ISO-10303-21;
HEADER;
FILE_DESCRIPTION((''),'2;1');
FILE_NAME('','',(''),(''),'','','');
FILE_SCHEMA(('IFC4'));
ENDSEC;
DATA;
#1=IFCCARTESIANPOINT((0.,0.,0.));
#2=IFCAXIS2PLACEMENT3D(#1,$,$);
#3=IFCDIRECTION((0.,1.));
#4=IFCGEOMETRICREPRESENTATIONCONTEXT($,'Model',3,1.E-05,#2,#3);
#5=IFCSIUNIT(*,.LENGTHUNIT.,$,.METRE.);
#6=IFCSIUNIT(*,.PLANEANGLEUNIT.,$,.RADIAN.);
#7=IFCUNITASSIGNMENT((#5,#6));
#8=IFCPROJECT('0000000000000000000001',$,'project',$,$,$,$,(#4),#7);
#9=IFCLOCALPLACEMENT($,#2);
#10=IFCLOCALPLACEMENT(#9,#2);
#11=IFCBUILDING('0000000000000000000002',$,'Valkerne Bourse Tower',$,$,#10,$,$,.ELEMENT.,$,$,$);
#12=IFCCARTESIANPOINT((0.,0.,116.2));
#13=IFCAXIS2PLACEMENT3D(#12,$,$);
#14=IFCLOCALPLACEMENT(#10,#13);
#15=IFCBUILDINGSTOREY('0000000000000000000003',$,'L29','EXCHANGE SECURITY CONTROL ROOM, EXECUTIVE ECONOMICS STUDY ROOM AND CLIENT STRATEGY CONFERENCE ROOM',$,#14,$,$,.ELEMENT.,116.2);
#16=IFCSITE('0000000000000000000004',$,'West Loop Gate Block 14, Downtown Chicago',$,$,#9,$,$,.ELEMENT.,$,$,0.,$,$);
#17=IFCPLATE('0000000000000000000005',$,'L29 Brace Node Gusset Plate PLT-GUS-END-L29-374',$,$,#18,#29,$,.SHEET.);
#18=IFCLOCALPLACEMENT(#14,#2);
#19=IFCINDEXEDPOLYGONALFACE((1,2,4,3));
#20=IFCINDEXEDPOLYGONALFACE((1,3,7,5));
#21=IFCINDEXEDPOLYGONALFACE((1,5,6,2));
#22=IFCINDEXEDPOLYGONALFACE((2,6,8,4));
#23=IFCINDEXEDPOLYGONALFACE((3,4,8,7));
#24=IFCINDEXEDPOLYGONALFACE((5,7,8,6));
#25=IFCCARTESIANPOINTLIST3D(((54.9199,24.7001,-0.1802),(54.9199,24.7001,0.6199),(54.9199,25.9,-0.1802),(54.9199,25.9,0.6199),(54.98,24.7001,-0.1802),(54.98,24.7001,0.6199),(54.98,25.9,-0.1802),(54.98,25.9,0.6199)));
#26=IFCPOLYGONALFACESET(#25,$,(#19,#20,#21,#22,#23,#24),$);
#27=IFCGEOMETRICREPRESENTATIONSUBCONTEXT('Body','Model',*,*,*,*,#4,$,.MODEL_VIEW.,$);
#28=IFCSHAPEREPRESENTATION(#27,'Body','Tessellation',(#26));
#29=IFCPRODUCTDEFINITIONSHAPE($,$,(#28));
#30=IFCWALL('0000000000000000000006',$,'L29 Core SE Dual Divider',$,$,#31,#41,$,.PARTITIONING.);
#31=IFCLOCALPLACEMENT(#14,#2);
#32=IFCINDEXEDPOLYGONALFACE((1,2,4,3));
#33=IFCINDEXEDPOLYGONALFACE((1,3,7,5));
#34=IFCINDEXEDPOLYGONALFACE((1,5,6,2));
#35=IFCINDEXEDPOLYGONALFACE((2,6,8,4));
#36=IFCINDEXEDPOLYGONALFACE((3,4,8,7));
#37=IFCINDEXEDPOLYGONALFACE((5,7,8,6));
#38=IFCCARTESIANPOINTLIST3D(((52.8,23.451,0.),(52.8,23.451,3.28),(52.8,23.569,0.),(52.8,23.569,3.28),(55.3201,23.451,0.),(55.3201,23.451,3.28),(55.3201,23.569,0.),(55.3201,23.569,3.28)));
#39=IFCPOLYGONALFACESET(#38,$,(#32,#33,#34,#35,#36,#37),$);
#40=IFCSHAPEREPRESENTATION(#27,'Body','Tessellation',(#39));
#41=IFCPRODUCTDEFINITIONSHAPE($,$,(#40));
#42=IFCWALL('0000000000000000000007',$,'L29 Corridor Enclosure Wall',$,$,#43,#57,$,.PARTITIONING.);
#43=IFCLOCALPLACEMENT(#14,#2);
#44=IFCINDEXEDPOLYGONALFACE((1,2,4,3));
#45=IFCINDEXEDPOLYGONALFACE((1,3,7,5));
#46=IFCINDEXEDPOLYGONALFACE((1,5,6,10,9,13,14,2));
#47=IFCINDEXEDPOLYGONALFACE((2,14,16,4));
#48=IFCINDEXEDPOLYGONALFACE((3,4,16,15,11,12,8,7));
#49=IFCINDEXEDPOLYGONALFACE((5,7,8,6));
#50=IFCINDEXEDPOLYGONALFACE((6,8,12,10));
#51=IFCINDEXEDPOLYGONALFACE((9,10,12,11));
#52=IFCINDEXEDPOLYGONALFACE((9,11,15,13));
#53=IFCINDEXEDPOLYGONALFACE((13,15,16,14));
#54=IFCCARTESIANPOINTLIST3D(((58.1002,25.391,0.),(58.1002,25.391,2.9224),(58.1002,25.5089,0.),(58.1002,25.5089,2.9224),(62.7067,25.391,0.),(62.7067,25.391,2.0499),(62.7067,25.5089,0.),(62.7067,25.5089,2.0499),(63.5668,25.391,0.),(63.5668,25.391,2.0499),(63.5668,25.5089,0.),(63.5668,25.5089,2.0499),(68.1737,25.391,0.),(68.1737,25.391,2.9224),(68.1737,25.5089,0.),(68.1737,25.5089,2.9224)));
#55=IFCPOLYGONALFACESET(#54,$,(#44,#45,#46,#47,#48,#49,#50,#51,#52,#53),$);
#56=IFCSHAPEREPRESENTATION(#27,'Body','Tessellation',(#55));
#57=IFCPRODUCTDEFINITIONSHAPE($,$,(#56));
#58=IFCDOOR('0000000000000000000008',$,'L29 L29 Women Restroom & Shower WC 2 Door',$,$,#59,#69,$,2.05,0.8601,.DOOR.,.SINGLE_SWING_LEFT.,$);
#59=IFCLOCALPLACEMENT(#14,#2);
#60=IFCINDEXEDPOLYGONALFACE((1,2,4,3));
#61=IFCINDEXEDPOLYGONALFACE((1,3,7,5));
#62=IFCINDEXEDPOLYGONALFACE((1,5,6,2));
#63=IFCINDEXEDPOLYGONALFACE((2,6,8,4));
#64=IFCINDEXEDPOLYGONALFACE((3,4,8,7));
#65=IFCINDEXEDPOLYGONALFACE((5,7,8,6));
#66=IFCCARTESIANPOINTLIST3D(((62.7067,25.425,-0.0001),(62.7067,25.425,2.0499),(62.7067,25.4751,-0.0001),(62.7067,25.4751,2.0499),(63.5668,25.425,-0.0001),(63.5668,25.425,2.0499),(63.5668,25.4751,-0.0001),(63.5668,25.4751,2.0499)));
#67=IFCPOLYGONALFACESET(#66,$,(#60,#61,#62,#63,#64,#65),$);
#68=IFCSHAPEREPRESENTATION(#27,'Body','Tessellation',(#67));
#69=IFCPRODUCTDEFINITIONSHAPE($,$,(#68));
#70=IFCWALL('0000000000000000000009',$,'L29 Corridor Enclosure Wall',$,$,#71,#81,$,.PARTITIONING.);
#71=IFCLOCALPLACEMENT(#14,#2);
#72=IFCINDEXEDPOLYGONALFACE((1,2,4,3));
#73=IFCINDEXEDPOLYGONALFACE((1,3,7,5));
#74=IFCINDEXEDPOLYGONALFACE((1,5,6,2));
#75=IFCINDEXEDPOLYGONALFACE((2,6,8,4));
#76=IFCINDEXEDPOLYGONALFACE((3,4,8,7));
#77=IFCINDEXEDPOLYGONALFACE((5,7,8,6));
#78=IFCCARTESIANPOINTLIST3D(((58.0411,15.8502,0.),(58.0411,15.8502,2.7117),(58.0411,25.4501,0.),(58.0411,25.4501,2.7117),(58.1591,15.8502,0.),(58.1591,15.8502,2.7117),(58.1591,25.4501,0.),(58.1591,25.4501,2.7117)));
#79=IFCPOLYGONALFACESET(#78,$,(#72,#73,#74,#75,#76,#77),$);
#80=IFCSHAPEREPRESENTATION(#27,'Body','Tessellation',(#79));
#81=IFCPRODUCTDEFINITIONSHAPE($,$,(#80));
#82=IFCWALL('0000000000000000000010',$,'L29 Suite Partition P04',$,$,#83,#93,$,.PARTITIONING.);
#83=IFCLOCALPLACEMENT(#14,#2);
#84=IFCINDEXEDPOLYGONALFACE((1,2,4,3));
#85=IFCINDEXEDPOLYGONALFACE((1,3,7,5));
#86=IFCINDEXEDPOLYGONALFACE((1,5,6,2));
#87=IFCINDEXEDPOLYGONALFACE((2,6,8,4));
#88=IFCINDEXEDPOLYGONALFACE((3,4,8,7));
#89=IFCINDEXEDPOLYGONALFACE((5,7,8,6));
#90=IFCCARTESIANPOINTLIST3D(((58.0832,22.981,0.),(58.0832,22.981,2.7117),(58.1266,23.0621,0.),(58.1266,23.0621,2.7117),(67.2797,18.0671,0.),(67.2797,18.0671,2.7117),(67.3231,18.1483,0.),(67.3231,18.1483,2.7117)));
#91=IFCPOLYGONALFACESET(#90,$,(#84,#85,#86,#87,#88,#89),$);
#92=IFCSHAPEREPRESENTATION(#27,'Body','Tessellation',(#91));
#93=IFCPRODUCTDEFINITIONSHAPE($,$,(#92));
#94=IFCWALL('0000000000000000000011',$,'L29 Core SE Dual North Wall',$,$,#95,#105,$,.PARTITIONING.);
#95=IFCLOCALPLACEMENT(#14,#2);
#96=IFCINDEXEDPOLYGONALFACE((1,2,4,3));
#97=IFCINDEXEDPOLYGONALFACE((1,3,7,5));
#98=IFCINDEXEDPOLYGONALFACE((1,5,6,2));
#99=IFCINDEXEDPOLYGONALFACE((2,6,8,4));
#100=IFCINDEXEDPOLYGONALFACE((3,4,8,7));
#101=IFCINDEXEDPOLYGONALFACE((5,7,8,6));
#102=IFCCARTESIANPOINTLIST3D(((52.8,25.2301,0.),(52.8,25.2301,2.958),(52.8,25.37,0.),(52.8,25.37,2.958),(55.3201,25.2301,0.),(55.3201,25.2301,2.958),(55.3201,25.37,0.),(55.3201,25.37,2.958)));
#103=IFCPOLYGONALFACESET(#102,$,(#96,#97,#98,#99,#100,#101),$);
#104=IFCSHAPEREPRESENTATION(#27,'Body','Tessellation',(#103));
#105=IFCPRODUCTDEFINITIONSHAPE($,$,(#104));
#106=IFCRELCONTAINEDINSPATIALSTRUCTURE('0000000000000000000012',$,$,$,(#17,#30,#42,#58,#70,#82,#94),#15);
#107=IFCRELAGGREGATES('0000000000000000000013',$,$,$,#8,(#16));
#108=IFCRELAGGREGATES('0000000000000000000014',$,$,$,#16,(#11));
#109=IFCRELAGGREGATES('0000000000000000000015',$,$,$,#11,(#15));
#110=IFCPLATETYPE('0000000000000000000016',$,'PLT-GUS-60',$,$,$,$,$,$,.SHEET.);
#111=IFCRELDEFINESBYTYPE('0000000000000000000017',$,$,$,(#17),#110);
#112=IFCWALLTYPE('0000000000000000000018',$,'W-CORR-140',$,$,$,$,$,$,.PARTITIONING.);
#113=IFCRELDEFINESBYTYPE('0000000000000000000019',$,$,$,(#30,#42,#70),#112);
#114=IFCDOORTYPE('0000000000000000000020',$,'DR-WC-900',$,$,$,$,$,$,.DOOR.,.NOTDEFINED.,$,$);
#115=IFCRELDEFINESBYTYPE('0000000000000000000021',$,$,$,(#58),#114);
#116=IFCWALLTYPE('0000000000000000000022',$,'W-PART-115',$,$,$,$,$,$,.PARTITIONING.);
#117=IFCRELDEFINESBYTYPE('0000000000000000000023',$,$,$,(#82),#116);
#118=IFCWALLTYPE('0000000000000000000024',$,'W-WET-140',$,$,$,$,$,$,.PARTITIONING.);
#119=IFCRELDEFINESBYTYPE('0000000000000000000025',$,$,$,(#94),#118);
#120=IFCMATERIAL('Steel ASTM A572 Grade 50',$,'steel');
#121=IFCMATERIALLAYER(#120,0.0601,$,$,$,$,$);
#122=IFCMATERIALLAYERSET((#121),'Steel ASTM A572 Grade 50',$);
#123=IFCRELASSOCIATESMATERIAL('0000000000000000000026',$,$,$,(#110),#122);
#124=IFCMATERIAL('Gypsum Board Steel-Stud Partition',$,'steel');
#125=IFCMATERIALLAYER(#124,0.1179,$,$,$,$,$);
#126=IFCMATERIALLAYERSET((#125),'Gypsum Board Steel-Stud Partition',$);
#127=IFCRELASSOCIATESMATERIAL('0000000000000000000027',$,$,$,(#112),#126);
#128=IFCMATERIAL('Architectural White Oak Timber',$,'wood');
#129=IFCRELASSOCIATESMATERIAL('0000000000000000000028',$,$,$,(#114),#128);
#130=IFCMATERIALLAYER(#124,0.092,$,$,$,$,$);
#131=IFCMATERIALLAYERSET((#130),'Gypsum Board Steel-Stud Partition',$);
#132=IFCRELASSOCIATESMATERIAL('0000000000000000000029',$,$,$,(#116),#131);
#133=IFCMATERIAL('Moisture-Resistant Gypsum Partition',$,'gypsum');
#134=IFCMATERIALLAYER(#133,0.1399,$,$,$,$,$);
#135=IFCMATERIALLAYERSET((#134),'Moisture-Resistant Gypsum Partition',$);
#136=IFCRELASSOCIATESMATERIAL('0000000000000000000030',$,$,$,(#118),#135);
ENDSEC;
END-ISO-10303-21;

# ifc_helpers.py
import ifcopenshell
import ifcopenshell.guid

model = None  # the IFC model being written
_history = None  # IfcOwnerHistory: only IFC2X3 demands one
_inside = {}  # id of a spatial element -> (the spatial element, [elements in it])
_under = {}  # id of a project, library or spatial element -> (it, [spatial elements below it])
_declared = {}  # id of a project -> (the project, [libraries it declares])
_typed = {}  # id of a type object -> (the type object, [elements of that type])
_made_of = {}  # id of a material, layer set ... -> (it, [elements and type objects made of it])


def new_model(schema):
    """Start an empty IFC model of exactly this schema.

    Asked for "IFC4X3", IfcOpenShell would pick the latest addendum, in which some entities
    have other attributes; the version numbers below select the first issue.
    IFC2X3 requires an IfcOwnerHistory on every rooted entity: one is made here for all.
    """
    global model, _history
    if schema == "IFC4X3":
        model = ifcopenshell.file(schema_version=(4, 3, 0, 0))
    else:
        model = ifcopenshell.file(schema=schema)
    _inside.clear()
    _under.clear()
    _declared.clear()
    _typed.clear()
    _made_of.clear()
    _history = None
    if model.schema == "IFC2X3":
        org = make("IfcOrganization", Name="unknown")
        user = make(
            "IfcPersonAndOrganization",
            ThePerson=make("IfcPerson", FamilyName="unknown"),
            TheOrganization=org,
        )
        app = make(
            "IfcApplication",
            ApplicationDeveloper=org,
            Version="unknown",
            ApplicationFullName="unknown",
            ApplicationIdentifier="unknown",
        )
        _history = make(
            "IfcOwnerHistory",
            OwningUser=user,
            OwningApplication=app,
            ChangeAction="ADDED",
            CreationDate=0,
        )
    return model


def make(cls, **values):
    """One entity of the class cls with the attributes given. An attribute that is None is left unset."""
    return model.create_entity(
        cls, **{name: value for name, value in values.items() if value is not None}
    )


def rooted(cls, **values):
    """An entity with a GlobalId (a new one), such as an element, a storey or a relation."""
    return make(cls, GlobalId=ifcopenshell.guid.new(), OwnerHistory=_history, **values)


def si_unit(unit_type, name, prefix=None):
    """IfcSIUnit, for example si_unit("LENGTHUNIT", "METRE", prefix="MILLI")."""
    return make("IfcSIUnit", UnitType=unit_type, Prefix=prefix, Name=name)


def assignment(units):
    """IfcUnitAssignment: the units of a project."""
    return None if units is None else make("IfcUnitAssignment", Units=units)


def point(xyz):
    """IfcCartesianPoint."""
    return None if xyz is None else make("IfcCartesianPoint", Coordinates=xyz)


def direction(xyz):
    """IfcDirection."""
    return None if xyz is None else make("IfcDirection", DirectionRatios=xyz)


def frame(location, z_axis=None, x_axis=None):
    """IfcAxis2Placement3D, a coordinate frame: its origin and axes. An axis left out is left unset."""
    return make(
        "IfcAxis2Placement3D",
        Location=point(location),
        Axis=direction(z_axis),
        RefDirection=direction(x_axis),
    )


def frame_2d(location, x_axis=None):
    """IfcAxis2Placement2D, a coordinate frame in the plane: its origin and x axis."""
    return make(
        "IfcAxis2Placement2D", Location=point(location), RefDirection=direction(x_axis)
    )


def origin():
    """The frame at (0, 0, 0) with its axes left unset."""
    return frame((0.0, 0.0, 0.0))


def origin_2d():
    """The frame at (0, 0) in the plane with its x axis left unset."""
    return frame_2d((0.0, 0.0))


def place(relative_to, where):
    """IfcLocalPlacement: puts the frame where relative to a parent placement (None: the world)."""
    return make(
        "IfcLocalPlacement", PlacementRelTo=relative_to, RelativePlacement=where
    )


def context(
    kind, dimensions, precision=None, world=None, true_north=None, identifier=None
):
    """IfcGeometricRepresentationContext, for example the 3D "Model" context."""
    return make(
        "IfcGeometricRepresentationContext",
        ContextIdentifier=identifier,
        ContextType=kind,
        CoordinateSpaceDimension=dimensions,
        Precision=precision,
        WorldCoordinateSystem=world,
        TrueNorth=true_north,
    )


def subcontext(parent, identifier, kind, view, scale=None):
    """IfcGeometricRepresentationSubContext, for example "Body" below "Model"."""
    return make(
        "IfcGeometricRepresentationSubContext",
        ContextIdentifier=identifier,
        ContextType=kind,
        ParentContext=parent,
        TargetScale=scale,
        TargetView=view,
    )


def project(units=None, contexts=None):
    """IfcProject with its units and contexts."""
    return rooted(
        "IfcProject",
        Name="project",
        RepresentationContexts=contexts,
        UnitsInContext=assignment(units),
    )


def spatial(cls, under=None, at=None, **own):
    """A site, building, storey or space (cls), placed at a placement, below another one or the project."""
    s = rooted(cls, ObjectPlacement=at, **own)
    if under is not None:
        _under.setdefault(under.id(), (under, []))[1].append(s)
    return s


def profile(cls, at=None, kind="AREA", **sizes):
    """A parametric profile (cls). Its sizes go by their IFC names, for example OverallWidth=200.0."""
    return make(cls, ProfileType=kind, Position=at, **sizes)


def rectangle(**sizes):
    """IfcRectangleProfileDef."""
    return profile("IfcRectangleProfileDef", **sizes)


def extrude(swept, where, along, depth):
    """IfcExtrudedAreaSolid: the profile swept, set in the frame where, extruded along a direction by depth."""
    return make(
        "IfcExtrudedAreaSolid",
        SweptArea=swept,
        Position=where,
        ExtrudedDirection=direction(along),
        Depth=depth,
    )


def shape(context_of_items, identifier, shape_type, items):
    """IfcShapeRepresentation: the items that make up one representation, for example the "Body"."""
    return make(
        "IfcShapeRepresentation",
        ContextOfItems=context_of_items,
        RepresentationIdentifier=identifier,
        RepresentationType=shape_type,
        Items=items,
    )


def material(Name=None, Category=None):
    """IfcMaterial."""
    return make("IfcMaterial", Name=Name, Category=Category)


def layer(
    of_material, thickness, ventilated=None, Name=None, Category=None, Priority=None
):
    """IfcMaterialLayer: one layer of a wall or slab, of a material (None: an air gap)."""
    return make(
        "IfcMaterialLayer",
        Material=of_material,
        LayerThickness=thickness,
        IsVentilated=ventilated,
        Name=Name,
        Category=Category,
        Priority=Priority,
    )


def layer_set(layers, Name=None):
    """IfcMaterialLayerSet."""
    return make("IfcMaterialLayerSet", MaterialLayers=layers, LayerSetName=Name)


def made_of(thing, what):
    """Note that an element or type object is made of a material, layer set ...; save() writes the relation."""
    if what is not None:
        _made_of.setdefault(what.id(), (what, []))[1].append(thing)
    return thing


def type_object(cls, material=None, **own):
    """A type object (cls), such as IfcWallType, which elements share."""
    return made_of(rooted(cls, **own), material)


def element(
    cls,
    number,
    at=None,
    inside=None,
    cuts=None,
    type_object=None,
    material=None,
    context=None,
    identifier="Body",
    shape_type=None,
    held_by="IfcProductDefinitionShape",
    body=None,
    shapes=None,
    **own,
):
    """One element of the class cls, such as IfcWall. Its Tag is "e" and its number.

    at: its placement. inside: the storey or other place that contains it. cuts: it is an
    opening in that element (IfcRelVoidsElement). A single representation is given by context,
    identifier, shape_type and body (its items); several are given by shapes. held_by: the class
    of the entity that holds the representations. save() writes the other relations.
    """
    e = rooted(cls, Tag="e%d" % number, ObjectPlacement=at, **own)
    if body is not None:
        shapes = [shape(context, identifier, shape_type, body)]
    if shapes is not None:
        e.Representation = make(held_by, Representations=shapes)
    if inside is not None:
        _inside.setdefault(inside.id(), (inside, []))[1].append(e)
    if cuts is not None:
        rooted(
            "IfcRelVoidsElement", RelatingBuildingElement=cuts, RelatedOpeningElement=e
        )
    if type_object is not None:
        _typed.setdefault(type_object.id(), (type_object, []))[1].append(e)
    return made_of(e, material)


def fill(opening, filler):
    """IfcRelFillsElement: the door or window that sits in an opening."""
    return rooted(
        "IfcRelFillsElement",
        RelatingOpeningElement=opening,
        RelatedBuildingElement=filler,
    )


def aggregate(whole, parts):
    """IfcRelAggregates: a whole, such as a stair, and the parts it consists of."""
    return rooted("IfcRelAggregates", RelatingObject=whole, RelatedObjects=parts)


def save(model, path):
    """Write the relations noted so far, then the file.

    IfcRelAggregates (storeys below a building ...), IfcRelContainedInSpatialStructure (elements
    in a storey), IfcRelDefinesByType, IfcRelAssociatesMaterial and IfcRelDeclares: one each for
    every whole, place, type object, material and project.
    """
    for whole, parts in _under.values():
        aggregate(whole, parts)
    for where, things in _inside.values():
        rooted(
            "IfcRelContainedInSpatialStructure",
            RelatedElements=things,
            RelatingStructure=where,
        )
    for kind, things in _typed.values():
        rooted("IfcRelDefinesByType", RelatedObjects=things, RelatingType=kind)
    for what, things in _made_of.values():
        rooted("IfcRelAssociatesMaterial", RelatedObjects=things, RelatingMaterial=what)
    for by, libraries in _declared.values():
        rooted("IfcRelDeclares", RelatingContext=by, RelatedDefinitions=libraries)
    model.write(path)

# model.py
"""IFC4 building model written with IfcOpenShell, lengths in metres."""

from ifc_helpers import new_model, si_unit, direction, frame, frame_2d, origin, origin_2d, place, context, subcontext, project, spatial, rectangle, extrude, material, layer, layer_set, type_object, element, fill, save


model = new_model("IFC4")

# Units and contexts
model_context = context("Model", 3, precision=1e-05, world=origin(), true_north=direction((0.0, 1.0)))
body_context = subcontext(model_context, "Body", "Model", "MODEL_VIEW")
ifc_project = project(units=[si_unit("LENGTHUNIT", "METRE"), si_unit("PLANEANGLEUNIT", "RADIAN")], contexts=[model_context])

# Site, building, storey
site_placement = place(None, origin())
site = spatial("IfcSite", under=ifc_project, at=site_placement, Name="West Loop Gate Block 14, Downtown Chicago", CompositionType="ELEMENT", RefElevation=0.0)
building_placement = place(site_placement, origin())
building = spatial("IfcBuilding", under=site, at=building_placement, Name="Valkerne Bourse Tower", CompositionType="ELEMENT")
storey_placement = place(building_placement, frame((0.0, 0.0, 116.2)))
storey = spatial("IfcBuildingStorey", under=building, at=storey_placement, Name="L29", Description="EXCHANGE SECURITY CONTROL ROOM, EXECUTIVE ECONOMICS STUDY ROOM AND CLIENT STRATEGY CONFERENCE ROOM", CompositionType="ELEMENT", Elevation=116.2)

# Plate
ifc_material_1 = material(Name="Steel ASTM A572 Grade 50", Category="steel")
ifc_layer_1 = layer(ifc_material_1, 0.0601)
ifc_layer_set_1 = layer_set([ifc_layer_1], Name="Steel ASTM A572 Grade 50")
plate_type_1 = type_object("IfcPlateType", Name="PLT-GUS-60", PredefinedType="SHEET", material=ifc_layer_set_1)
plate_1_placement = place(storey_placement, frame((54.95, 25.3, -0.1802), z_axis=(0.0, 0.0, 1.0), x_axis=(0.0, 1.0, 0.0)))
element("IfcPlate", 1, at=plate_1_placement, inside=storey, type_object=plate_type_1, Name="L29 Brace Node Gusset Plate PLT-GUS-END-L29-374", PredefinedType="SHEET", context=body_context, shape_type="SweptSolid", body=[
    extrude(rectangle(XDim=1.2, YDim=0.0601, at=origin_2d()), origin(), (0.0, 0.0, 1.0), 0.8),
])

# Wall
ifc_material_2 = material(Name="Gypsum Board Steel-Stud Partition", Category="steel")
ifc_layer_2 = layer(ifc_material_2, 0.1179)
ifc_layer_set_2 = layer_set([ifc_layer_2], Name="Gypsum Board Steel-Stud Partition")
wall_type_1 = type_object("IfcWallType", Name="W-CORR-140", PredefinedType="PARTITIONING", material=ifc_layer_set_2)
wall_1_placement = place(storey_placement, frame((52.8, 23.51, 0.0), z_axis=(0.0, 0.0, 1.0), x_axis=(1.0, 0.0, 0.0)))
element("IfcWall", 2, at=wall_1_placement, inside=storey, type_object=wall_type_1, Name="L29 Core SE Dual Divider", PredefinedType="PARTITIONING", context=body_context, shape_type="SweptSolid", body=[
    extrude(rectangle(XDim=2.52, YDim=0.1179, at=frame_2d((1.26, 0.0))), origin(), (0.0, 0.0, 1.0), 3.28),
])

# Wall, opening, door
wall_2_placement = place(storey_placement, frame((68.1736, 25.45, 0.0), z_axis=(0.0, 0.0, 1.0), x_axis=(-1.0, 0.0, 0.0)))
wall_2 = element("IfcWall", 3, at=wall_2_placement, inside=storey, type_object=wall_type_1, Name="L29 Corridor Enclosure Wall", PredefinedType="PARTITIONING", context=body_context, shape_type="SweptSolid", body=[
    extrude(rectangle(XDim=10.0735, YDim=0.1179, at=frame_2d((5.0366, 0.0))), origin(), (0.0, 0.0, 1.0), 2.9224),
])
opening_1_placement = place(wall_2_placement, frame((4.6067, 0.0, 0.0)))
opening_1 = element("IfcOpeningElement", 4, at=opening_1_placement, cuts=wall_2, PredefinedType="OPENING", context=body_context, shape_type="SweptSolid", body=[
    extrude(rectangle(XDim=0.8601, YDim=2.05, at=frame_2d((0.4302, 1.0249))), frame((0.0, 0.0688, 0.0), z_axis=(0.0, -1.0, 0.0), x_axis=(1.0, 0.0, 0.0)), (0.0, 0.0, 1.0), 0.1379),
])
ifc_material_3 = material(Name="Architectural White Oak Timber", Category="wood")
door_type_1 = type_object("IfcDoorType", Name="DR-WC-900", OperationType="NOTDEFINED", PredefinedType="DOOR", material=ifc_material_3)
door_1_placement = place(opening_1_placement, origin())
door_1 = element("IfcDoor", 5, at=door_1_placement, inside=storey, type_object=door_type_1, Name="L29 L29 Women Restroom & Shower WC 2 Door", OperationType="SINGLE_SWING_LEFT", OverallHeight=2.05, OverallWidth=0.8601, PredefinedType="DOOR", context=body_context, shape_type="SweptSolid", body=[
    extrude(rectangle(XDim=0.8601, YDim=2.05, at=frame_2d((0.4302, 1.0249))), frame((0.0, 0.0249, 0.0), z_axis=(0.0, -1.0, 0.0), x_axis=(1.0, 0.0, 0.0)), (0.0, 0.0, 1.0), 0.05),
])
fill(opening_1, door_1)

# Walls
wall_3_placement = place(storey_placement, frame((58.1001, 25.45, 0.0), z_axis=(0.0, 0.0, 1.0), x_axis=(0.0, -1.0, 0.0)))
element("IfcWall", 6, at=wall_3_placement, inside=storey, type_object=wall_type_1, Name="L29 Corridor Enclosure Wall", PredefinedType="PARTITIONING", context=body_context, shape_type="SweptSolid", body=[
    extrude(rectangle(XDim=9.5999, YDim=0.1179, at=frame_2d((4.7998, 0.0))), origin(), (0.0, 0.0, 1.0), 2.7117),
])
ifc_layer_3 = layer(ifc_material_2, 0.092)
ifc_layer_set_3 = layer_set([ifc_layer_3], Name="Gypsum Board Steel-Stud Partition")
wall_type_2 = type_object("IfcWallType", Name="W-PART-115", PredefinedType="PARTITIONING", material=ifc_layer_set_3)
wall_4_placement = place(storey_placement, frame((58.105, 23.0215, 0.0), z_axis=(0.0, 0.0, 1.0), x_axis=(0.881994, -0.47126, 0.0)))
element("IfcWall", 7, at=wall_4_placement, inside=storey, type_object=wall_type_2, Name="L29 Suite Partition P04", PredefinedType="PARTITIONING", context=body_context, shape_type="SweptSolid", body=[
    extrude(rectangle(XDim=10.427, YDim=0.092, at=frame_2d((5.2134, 0.0))), origin(), (0.0, 0.0, 1.0), 2.7117),
])
ifc_material_4 = material(Name="Moisture-Resistant Gypsum Partition", Category="gypsum")
ifc_layer_4 = layer(ifc_material_4, 0.1399)
ifc_layer_set_4 = layer_set([ifc_layer_4], Name="Moisture-Resistant Gypsum Partition")
wall_type_3 = type_object("IfcWallType", Name="W-WET-140", PredefinedType="PARTITIONING", material=ifc_layer_set_4)
wall_5_placement = place(storey_placement, frame((52.8, 25.3, 0.0), z_axis=(0.0, 0.0, 1.0), x_axis=(1.0, 0.0, 0.0)))
element("IfcWall", 8, at=wall_5_placement, inside=storey, type_object=wall_type_3, Name="L29 Core SE Dual North Wall", PredefinedType="PARTITIONING", context=body_context, shape_type="SweptSolid", body=[
    extrude(rectangle(XDim=2.52, YDim=0.1399, at=frame_2d((1.26, 0.0))), origin(), (0.0, 0.0, 1.0), 2.958),
])

save(model, "model.ifc")
